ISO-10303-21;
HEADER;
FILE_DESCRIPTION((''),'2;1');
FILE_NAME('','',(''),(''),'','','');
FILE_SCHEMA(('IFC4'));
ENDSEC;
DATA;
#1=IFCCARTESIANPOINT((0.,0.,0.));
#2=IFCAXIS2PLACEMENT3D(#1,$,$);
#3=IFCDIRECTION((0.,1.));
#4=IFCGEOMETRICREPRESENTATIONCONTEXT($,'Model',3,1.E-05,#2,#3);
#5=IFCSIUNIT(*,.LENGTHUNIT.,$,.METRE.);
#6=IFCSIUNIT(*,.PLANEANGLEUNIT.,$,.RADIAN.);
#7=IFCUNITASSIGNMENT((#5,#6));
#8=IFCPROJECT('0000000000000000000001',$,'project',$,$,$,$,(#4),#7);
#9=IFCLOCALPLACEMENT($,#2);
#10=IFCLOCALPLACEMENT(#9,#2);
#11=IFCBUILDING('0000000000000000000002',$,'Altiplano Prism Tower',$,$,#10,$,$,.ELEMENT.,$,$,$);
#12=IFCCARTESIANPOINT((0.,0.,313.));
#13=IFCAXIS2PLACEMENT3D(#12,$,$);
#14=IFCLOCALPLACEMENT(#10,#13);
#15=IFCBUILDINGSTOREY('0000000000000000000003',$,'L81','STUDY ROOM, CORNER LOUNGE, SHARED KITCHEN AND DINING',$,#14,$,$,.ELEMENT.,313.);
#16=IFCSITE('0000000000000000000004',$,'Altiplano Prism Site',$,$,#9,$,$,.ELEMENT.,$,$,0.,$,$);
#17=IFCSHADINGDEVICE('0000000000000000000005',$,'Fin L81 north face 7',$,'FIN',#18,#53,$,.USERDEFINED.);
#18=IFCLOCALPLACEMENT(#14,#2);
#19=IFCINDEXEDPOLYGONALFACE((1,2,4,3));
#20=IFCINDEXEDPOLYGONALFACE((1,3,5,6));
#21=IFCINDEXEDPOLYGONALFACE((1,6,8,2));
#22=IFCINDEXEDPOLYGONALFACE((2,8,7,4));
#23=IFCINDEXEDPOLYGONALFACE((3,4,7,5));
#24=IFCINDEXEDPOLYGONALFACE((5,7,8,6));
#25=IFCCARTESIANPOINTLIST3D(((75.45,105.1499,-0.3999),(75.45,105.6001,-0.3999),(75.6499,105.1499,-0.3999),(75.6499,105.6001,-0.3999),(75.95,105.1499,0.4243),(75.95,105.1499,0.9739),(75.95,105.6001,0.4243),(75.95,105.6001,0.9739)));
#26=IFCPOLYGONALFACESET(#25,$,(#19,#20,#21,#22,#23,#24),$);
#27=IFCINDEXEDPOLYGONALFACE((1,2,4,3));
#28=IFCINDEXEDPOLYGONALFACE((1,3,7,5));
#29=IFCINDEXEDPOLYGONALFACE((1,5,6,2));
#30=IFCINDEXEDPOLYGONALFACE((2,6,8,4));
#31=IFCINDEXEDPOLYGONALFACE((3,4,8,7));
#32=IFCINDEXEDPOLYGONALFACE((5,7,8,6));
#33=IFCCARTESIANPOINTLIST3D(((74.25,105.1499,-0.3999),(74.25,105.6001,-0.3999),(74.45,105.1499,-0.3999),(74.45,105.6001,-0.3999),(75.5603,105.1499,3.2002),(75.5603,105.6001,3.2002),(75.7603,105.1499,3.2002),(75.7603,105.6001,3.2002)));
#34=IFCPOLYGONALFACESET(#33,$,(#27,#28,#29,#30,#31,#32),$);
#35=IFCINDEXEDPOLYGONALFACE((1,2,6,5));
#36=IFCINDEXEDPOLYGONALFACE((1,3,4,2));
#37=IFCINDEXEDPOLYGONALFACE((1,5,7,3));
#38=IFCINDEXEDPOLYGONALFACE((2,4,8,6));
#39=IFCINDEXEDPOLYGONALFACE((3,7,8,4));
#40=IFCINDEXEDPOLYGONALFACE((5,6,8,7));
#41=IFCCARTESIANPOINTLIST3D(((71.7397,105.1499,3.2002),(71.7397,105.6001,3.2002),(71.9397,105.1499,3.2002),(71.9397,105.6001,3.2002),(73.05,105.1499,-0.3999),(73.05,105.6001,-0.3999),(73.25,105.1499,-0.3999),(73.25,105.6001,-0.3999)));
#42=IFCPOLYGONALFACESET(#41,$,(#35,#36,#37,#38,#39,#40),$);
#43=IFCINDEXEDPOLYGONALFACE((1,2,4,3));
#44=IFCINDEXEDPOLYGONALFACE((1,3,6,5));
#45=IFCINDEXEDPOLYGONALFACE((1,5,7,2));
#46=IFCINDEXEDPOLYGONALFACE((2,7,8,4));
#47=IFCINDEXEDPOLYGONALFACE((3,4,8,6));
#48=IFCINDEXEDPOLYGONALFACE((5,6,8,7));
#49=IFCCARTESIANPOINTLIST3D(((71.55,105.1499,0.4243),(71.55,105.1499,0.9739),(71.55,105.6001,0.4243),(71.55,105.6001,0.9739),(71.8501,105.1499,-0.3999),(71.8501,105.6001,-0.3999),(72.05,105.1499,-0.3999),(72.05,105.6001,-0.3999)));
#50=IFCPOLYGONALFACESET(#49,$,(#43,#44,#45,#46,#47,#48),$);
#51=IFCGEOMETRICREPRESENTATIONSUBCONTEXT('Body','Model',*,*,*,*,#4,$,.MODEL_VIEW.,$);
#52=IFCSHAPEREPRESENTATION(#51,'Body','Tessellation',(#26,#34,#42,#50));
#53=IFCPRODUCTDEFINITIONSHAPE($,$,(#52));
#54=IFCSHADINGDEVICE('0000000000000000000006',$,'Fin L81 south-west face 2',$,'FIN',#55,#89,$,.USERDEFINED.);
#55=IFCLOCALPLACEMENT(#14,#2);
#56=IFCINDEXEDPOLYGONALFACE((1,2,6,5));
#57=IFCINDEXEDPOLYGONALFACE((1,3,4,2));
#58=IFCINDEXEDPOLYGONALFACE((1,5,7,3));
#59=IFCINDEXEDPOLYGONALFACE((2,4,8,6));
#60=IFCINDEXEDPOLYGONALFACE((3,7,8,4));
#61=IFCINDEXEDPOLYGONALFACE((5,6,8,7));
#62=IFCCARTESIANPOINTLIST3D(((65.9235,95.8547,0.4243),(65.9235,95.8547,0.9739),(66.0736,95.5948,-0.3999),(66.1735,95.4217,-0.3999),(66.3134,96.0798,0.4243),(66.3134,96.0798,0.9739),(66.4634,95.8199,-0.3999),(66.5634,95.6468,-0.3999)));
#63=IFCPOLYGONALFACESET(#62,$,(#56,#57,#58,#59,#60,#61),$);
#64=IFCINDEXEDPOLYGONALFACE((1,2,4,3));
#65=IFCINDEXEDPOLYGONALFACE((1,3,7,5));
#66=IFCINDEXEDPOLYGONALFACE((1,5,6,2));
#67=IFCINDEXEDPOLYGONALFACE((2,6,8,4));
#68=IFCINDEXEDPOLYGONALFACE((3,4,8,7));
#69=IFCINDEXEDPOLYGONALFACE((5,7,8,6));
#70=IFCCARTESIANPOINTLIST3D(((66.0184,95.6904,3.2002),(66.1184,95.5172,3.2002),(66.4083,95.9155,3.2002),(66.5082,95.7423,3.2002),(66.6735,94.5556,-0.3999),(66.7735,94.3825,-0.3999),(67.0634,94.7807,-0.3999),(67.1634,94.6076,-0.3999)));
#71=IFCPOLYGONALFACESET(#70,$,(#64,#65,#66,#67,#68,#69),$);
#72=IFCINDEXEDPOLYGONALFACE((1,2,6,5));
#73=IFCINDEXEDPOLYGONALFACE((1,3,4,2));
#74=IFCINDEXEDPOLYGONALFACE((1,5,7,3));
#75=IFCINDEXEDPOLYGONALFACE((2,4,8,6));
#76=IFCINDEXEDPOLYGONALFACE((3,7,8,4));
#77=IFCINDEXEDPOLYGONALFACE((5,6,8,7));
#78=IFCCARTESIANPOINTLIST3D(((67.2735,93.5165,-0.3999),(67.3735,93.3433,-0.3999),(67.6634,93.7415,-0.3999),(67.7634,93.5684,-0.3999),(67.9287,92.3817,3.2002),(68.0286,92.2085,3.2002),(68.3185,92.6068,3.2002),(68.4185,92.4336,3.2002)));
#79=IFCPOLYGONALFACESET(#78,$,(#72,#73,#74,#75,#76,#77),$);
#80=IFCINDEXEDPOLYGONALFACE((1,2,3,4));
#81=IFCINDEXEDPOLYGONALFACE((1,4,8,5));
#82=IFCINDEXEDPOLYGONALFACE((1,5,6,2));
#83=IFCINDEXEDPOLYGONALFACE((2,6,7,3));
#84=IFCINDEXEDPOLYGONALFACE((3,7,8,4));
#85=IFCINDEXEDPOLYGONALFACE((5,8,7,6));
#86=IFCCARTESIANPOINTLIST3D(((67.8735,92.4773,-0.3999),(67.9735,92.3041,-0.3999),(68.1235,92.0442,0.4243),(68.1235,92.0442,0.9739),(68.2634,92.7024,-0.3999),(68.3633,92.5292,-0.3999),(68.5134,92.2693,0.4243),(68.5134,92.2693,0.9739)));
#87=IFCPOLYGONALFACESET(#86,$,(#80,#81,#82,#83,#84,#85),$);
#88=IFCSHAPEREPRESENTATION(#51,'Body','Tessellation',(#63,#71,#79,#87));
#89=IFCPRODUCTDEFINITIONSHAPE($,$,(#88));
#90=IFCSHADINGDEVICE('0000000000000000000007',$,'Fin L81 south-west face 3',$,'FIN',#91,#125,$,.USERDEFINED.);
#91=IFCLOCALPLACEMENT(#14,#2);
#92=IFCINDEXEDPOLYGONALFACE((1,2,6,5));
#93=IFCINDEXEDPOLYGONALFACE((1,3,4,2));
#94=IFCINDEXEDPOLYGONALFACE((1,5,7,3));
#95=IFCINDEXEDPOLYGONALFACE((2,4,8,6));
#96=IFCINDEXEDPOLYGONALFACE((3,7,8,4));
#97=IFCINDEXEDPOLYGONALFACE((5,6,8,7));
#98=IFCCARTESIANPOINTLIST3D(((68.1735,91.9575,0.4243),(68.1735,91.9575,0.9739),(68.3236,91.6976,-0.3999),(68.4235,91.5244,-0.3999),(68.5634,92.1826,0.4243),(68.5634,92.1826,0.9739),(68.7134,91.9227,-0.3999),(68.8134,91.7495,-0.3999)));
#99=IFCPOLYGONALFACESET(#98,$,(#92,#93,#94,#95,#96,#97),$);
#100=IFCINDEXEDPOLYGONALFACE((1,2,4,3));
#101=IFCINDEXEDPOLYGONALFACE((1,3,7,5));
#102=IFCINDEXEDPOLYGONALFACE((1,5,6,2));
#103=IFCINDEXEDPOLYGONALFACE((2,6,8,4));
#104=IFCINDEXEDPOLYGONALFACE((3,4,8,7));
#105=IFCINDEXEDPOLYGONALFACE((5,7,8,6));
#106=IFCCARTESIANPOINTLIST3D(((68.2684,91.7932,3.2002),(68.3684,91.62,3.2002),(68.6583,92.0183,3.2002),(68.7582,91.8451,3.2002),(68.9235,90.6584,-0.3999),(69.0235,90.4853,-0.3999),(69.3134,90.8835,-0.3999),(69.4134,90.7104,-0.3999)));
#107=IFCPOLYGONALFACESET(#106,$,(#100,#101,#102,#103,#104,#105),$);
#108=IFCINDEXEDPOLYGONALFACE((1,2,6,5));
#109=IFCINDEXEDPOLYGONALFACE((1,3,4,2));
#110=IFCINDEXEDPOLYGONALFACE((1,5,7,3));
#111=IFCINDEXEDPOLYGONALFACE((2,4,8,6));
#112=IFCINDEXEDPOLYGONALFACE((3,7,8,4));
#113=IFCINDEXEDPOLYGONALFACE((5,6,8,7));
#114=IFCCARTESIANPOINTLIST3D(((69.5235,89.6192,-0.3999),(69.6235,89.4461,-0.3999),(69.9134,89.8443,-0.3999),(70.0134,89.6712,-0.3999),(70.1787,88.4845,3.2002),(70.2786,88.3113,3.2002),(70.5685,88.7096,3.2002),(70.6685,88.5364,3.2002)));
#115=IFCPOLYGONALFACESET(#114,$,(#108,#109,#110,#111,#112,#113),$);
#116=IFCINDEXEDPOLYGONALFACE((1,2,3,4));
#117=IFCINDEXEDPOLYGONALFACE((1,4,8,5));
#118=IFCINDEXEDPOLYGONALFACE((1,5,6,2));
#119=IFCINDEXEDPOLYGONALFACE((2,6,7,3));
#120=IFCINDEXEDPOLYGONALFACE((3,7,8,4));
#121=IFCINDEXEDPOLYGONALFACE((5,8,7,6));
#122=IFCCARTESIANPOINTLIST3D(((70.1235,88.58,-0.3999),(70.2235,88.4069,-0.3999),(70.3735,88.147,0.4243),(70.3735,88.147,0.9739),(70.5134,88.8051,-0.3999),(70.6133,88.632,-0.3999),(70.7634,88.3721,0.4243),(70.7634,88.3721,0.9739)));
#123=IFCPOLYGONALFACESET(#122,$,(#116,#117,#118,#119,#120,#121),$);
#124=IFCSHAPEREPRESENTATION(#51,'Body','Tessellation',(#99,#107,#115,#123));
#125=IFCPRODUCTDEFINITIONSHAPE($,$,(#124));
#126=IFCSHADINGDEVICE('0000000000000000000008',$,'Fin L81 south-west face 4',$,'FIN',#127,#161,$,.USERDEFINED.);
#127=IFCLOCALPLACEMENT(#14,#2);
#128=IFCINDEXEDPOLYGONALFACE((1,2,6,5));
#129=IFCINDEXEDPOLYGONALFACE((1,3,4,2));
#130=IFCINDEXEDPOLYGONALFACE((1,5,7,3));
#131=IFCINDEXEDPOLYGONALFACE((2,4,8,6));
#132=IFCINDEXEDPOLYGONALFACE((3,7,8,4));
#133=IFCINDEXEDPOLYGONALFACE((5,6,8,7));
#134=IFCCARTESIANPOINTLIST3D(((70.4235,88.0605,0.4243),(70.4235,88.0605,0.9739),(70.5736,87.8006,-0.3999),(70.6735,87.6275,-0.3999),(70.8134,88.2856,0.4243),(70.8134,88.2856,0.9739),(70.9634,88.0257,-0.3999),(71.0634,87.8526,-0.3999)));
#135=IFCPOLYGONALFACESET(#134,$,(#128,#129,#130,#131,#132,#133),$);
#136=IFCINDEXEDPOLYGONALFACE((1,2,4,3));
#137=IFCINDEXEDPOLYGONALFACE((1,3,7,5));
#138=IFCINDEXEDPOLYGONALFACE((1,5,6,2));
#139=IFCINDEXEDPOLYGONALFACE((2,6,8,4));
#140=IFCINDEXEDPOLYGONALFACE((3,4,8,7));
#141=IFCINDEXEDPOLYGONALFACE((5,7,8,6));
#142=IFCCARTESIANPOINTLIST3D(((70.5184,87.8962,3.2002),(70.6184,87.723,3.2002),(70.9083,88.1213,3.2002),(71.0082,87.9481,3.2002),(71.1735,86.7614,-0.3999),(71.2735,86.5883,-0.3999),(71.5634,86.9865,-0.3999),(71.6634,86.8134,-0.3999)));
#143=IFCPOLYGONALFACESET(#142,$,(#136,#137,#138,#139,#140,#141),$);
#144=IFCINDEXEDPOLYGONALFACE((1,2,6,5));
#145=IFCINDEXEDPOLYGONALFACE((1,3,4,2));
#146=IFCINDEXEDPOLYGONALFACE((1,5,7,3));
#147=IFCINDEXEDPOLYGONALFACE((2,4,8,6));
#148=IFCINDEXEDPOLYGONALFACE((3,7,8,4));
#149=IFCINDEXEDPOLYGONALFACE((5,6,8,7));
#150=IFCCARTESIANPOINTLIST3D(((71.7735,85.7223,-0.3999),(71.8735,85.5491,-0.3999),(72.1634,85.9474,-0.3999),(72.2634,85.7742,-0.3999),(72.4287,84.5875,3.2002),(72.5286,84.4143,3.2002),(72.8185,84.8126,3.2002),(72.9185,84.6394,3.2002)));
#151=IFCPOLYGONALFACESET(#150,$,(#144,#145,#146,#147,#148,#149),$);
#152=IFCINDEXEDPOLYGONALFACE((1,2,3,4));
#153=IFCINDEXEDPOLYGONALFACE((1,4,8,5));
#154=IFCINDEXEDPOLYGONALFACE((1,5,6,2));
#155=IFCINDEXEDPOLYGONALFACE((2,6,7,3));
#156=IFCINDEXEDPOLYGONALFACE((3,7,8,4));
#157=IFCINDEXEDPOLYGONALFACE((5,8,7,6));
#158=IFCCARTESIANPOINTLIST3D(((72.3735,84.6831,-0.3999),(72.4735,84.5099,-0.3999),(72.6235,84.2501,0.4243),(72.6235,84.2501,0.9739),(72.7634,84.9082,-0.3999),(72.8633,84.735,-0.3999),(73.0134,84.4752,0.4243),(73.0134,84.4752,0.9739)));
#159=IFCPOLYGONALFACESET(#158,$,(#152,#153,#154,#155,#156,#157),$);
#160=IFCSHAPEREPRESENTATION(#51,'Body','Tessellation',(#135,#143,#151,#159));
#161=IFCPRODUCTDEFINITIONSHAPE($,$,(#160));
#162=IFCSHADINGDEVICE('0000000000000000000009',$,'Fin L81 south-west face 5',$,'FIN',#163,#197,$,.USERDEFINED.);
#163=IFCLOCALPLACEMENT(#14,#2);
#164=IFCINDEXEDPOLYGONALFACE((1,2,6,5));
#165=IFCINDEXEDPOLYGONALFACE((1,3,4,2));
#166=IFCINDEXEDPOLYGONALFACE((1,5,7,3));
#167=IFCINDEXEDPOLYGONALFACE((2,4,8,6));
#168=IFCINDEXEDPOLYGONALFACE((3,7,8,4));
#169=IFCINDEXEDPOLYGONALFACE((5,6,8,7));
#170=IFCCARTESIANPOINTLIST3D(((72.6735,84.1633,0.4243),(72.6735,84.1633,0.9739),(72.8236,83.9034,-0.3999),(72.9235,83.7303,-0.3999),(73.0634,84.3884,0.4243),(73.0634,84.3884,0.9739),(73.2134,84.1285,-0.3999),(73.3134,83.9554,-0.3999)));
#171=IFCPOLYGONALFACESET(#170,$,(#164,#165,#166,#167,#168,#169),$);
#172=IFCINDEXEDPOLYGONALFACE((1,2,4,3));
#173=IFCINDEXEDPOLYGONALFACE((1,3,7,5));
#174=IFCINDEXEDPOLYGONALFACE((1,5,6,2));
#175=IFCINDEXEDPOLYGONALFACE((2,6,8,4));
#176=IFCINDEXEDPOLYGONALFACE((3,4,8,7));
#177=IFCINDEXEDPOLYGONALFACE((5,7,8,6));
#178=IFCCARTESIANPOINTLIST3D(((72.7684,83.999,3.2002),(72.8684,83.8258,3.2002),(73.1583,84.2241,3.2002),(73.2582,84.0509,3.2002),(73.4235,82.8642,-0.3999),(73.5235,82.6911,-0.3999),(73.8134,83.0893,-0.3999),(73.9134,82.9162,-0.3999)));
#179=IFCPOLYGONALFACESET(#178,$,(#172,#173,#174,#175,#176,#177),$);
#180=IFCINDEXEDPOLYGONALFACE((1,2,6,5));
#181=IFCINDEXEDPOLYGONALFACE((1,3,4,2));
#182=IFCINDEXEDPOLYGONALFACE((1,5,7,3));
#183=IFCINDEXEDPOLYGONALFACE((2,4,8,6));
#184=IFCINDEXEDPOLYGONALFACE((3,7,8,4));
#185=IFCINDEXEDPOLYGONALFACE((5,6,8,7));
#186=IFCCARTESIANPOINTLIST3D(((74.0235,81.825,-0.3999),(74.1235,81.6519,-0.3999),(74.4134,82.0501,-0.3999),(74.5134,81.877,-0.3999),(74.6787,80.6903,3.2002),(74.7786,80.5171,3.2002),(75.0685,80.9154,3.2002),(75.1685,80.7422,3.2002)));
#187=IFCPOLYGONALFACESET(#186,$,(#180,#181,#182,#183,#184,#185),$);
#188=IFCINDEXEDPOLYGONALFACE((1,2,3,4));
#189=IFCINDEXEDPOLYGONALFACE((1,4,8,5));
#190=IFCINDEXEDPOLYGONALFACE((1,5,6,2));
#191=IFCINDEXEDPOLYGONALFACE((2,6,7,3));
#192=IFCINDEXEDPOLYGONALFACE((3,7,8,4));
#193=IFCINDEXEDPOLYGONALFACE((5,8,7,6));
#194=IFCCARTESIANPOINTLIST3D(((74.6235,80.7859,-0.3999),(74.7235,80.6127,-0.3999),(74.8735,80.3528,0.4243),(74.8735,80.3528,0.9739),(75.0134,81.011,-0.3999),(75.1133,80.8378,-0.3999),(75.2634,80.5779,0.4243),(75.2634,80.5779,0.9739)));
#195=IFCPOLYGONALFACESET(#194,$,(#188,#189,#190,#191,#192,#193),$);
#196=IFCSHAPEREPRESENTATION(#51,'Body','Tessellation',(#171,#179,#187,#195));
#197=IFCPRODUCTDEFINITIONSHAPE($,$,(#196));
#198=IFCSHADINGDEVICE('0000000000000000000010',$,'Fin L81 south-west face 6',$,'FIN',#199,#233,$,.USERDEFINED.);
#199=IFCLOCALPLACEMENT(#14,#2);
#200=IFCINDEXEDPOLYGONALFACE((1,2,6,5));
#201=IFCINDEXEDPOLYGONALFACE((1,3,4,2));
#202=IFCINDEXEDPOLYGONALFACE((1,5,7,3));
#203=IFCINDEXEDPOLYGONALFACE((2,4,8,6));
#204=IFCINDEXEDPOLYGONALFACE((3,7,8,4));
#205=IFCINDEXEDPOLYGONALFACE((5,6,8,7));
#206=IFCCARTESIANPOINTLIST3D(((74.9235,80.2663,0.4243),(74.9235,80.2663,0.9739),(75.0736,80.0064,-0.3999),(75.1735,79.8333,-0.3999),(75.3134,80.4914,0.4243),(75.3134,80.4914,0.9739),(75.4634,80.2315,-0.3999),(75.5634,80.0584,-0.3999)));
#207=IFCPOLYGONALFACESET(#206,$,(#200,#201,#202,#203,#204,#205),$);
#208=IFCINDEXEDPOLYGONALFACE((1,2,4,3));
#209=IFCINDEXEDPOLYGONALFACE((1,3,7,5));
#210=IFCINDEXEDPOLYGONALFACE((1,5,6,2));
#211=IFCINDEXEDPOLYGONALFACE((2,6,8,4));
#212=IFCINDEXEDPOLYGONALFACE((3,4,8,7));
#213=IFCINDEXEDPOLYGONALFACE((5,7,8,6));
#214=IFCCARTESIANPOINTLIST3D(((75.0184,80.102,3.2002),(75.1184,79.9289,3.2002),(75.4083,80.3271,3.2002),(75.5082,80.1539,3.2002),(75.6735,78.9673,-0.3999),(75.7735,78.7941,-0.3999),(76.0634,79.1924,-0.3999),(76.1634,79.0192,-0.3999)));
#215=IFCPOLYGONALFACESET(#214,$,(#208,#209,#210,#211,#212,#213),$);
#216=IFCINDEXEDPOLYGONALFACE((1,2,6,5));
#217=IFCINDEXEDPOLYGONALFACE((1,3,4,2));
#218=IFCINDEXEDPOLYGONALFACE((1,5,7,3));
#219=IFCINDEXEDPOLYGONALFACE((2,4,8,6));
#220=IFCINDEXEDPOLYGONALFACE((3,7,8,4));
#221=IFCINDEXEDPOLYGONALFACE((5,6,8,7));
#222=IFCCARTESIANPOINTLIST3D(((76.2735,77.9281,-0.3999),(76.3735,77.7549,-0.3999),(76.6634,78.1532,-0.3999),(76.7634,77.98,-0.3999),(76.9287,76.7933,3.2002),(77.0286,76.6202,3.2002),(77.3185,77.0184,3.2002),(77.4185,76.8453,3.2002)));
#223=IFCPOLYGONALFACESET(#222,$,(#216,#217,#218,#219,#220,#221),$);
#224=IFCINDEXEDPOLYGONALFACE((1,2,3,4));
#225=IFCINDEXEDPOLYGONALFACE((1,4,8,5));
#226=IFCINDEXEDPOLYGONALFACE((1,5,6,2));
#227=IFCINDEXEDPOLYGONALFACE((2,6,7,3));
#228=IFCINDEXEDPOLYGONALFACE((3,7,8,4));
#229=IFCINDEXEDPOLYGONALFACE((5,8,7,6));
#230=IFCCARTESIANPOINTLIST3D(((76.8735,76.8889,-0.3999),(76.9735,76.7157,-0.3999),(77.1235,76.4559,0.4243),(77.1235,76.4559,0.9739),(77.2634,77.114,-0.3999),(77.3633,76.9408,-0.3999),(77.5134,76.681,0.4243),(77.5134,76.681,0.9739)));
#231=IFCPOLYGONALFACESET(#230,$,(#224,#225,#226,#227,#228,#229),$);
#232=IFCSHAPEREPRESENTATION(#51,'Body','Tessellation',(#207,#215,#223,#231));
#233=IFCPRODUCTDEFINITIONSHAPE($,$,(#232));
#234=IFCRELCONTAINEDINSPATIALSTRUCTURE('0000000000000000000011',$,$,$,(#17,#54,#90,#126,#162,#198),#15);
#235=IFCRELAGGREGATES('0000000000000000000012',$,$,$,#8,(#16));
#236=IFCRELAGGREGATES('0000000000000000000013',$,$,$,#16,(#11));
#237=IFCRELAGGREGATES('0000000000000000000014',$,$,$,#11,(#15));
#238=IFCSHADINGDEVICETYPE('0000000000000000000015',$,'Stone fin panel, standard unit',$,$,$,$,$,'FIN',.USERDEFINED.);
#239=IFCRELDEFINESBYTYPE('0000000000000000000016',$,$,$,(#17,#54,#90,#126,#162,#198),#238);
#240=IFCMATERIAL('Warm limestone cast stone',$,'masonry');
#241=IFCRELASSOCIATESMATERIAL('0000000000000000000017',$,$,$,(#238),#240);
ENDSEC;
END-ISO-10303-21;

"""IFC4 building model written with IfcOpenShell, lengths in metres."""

from ifc_helpers import new_model, si_unit, direction, frame, origin, place, context, subcontext, project, spatial, polyline, outline, extrude, source, transform, mapped, material, type_object, element, save


model = new_model("IFC4")

# Units and contexts
model_context = context("Model", 3, precision=1e-05, world=origin(), true_north=direction((0.0, 1.0)))
body_context = subcontext(model_context, "Body", "Model", "MODEL_VIEW")
ifc_project = project(units=[si_unit("LENGTHUNIT", "METRE"), si_unit("PLANEANGLEUNIT", "RADIAN")], contexts=[model_context])

# Site, building, storey
site_placement = place(None, origin())
site = spatial("IfcSite", under=ifc_project, at=site_placement, Name="Altiplano Prism Site", CompositionType="ELEMENT", RefElevation=0.0)
building_placement = place(site_placement, origin())
building = spatial("IfcBuilding", under=site, at=building_placement, Name="Altiplano Prism Tower", CompositionType="ELEMENT")
storey_placement = place(building_placement, frame((0.0, 0.0, 313.0)))
storey = spatial("IfcBuildingStorey", under=building, at=storey_placement, Name="L81", Description="STUDY ROOM, CORNER LOUNGE, SHARED KITCHEN AND DINING", CompositionType="ELEMENT", Elevation=313.0)

# Shading devices
ifc_material_1 = material(Name="Warm limestone cast stone", Category="masonry")
shading_device_type_1 = type_object("IfcShadingDeviceType", Name="Stone fin panel, standard unit", ElementType="FIN", PredefinedType="USERDEFINED", material=ifc_material_1)
shared_shape_1 = source(origin(), body_context, "Body", "SweptSolid", [
    extrude(outline(polyline([(-2.2, 1.3738), (-2.2, 0.8242), (-1.8999, 0.0), (-1.7, 0.0), (-2.2, 1.3738)])), frame((0.0, -0.1499, 0.0), z_axis=(0.0, -1.0, 0.0), x_axis=(1.0, 0.0, 0.0)), (0.0, 0.0, 1.0), 0.4502),
    extrude(outline(polyline([(-2.0103, 3.6001), (-0.7, 0.0), (-0.5, 0.0), (-1.8103, 3.6001), (-2.0103, 3.6001)])), frame((0.0, -0.1499, 0.0), z_axis=(0.0, -1.0, 0.0), x_axis=(1.0, 0.0, 0.0)), (0.0, 0.0, 1.0), 0.4502),
    extrude(outline(polyline([(1.8103, 3.6001), (0.5, 0.0), (0.7, 0.0), (2.0103, 3.6001), (1.8103, 3.6001)])), frame((0.0, -0.1499, 0.0), z_axis=(0.0, -1.0, 0.0), x_axis=(1.0, 0.0, 0.0)), (0.0, 0.0, 1.0), 0.4502),
    extrude(outline(polyline([(2.2, 0.8242), (2.2, 1.3738), (1.7, 0.0), (1.8999, 0.0), (2.2, 0.8242)])), frame((0.0, -0.1499, 0.0), z_axis=(0.0, -1.0, 0.0), x_axis=(1.0, 0.0, 0.0)), (0.0, 0.0, 1.0), 0.4502),
])
shading_device_1_placement = place(storey_placement, origin())
element("IfcShadingDevice", 1, at=shading_device_1_placement, inside=storey, type_object=shading_device_type_1, Name="Fin L81 north face 7", ObjectType="FIN", PredefinedType="USERDEFINED", context=body_context, shape_type="MappedRepresentation", body=[
    mapped(shared_shape_1, transform((73.75, 105.0, -0.3999), x_axis=(-1.0, 0.0, 0.0), y_axis=(0.0, -1.0, 0.0), z_axis=(0.0, 0.0, 1.0))),
])
shading_device_2_placement = place(storey_placement, origin())
element("IfcShadingDevice", 2, at=shading_device_2_placement, inside=storey, type_object=shading_device_type_1, Name="Fin L81 south-west face 2", ObjectType="FIN", PredefinedType="USERDEFINED", context=body_context, shape_type="MappedRepresentation", body=[
    mapped(shared_shape_1, transform((67.5432, 94.2495, -0.3999), x_axis=(0.5, -0.866025, 0.0), y_axis=(0.866025, 0.5, 0.0), z_axis=(0.0, 0.0, 1.0))),
])
shading_device_3_placement = place(storey_placement, origin())
element("IfcShadingDevice", 3, at=shading_device_3_placement, inside=storey, type_object=shading_device_type_1, Name="Fin L81 south-west face 3", ObjectType="FIN", PredefinedType="USERDEFINED", context=body_context, shape_type="MappedRepresentation", body=[
    mapped(shared_shape_1, transform((69.7932, 90.3523, -0.3999), x_axis=(0.5, -0.866025, 0.0), y_axis=(0.866025, 0.5, 0.0), z_axis=(0.0, 0.0, 1.0))),
])
shading_device_4_placement = place(storey_placement, origin())
element("IfcShadingDevice", 4, at=shading_device_4_placement, inside=storey, type_object=shading_device_type_1, Name="Fin L81 south-west face 4", ObjectType="FIN", PredefinedType="USERDEFINED", context=body_context, shape_type="MappedRepresentation", body=[
    mapped(shared_shape_1, transform((72.0432, 86.4553, -0.3999), x_axis=(0.5, -0.866025, 0.0), y_axis=(0.866025, 0.5, 0.0), z_axis=(0.0, 0.0, 1.0))),
])
shading_device_5_placement = place(storey_placement, origin())
element("IfcShadingDevice", 5, at=shading_device_5_placement, inside=storey, type_object=shading_device_type_1, Name="Fin L81 south-west face 5", ObjectType="FIN", PredefinedType="USERDEFINED", context=body_context, shape_type="MappedRepresentation", body=[
    mapped(shared_shape_1, transform((74.2932, 82.5581, -0.3999), x_axis=(0.5, -0.866025, 0.0), y_axis=(0.866025, 0.5, 0.0), z_axis=(0.0, 0.0, 1.0))),
])
shading_device_6_placement = place(storey_placement, origin())
element("IfcShadingDevice", 6, at=shading_device_6_placement, inside=storey, type_object=shading_device_type_1, Name="Fin L81 south-west face 6", ObjectType="FIN", PredefinedType="USERDEFINED", context=body_context, shape_type="MappedRepresentation", body=[
    mapped(shared_shape_1, transform((76.5432, 78.6611, -0.3999), x_axis=(0.5, -0.866025, 0.0), y_axis=(0.866025, 0.5, 0.0), z_axis=(0.0, 0.0, 1.0))),
])

save(model, "model.ifc")
